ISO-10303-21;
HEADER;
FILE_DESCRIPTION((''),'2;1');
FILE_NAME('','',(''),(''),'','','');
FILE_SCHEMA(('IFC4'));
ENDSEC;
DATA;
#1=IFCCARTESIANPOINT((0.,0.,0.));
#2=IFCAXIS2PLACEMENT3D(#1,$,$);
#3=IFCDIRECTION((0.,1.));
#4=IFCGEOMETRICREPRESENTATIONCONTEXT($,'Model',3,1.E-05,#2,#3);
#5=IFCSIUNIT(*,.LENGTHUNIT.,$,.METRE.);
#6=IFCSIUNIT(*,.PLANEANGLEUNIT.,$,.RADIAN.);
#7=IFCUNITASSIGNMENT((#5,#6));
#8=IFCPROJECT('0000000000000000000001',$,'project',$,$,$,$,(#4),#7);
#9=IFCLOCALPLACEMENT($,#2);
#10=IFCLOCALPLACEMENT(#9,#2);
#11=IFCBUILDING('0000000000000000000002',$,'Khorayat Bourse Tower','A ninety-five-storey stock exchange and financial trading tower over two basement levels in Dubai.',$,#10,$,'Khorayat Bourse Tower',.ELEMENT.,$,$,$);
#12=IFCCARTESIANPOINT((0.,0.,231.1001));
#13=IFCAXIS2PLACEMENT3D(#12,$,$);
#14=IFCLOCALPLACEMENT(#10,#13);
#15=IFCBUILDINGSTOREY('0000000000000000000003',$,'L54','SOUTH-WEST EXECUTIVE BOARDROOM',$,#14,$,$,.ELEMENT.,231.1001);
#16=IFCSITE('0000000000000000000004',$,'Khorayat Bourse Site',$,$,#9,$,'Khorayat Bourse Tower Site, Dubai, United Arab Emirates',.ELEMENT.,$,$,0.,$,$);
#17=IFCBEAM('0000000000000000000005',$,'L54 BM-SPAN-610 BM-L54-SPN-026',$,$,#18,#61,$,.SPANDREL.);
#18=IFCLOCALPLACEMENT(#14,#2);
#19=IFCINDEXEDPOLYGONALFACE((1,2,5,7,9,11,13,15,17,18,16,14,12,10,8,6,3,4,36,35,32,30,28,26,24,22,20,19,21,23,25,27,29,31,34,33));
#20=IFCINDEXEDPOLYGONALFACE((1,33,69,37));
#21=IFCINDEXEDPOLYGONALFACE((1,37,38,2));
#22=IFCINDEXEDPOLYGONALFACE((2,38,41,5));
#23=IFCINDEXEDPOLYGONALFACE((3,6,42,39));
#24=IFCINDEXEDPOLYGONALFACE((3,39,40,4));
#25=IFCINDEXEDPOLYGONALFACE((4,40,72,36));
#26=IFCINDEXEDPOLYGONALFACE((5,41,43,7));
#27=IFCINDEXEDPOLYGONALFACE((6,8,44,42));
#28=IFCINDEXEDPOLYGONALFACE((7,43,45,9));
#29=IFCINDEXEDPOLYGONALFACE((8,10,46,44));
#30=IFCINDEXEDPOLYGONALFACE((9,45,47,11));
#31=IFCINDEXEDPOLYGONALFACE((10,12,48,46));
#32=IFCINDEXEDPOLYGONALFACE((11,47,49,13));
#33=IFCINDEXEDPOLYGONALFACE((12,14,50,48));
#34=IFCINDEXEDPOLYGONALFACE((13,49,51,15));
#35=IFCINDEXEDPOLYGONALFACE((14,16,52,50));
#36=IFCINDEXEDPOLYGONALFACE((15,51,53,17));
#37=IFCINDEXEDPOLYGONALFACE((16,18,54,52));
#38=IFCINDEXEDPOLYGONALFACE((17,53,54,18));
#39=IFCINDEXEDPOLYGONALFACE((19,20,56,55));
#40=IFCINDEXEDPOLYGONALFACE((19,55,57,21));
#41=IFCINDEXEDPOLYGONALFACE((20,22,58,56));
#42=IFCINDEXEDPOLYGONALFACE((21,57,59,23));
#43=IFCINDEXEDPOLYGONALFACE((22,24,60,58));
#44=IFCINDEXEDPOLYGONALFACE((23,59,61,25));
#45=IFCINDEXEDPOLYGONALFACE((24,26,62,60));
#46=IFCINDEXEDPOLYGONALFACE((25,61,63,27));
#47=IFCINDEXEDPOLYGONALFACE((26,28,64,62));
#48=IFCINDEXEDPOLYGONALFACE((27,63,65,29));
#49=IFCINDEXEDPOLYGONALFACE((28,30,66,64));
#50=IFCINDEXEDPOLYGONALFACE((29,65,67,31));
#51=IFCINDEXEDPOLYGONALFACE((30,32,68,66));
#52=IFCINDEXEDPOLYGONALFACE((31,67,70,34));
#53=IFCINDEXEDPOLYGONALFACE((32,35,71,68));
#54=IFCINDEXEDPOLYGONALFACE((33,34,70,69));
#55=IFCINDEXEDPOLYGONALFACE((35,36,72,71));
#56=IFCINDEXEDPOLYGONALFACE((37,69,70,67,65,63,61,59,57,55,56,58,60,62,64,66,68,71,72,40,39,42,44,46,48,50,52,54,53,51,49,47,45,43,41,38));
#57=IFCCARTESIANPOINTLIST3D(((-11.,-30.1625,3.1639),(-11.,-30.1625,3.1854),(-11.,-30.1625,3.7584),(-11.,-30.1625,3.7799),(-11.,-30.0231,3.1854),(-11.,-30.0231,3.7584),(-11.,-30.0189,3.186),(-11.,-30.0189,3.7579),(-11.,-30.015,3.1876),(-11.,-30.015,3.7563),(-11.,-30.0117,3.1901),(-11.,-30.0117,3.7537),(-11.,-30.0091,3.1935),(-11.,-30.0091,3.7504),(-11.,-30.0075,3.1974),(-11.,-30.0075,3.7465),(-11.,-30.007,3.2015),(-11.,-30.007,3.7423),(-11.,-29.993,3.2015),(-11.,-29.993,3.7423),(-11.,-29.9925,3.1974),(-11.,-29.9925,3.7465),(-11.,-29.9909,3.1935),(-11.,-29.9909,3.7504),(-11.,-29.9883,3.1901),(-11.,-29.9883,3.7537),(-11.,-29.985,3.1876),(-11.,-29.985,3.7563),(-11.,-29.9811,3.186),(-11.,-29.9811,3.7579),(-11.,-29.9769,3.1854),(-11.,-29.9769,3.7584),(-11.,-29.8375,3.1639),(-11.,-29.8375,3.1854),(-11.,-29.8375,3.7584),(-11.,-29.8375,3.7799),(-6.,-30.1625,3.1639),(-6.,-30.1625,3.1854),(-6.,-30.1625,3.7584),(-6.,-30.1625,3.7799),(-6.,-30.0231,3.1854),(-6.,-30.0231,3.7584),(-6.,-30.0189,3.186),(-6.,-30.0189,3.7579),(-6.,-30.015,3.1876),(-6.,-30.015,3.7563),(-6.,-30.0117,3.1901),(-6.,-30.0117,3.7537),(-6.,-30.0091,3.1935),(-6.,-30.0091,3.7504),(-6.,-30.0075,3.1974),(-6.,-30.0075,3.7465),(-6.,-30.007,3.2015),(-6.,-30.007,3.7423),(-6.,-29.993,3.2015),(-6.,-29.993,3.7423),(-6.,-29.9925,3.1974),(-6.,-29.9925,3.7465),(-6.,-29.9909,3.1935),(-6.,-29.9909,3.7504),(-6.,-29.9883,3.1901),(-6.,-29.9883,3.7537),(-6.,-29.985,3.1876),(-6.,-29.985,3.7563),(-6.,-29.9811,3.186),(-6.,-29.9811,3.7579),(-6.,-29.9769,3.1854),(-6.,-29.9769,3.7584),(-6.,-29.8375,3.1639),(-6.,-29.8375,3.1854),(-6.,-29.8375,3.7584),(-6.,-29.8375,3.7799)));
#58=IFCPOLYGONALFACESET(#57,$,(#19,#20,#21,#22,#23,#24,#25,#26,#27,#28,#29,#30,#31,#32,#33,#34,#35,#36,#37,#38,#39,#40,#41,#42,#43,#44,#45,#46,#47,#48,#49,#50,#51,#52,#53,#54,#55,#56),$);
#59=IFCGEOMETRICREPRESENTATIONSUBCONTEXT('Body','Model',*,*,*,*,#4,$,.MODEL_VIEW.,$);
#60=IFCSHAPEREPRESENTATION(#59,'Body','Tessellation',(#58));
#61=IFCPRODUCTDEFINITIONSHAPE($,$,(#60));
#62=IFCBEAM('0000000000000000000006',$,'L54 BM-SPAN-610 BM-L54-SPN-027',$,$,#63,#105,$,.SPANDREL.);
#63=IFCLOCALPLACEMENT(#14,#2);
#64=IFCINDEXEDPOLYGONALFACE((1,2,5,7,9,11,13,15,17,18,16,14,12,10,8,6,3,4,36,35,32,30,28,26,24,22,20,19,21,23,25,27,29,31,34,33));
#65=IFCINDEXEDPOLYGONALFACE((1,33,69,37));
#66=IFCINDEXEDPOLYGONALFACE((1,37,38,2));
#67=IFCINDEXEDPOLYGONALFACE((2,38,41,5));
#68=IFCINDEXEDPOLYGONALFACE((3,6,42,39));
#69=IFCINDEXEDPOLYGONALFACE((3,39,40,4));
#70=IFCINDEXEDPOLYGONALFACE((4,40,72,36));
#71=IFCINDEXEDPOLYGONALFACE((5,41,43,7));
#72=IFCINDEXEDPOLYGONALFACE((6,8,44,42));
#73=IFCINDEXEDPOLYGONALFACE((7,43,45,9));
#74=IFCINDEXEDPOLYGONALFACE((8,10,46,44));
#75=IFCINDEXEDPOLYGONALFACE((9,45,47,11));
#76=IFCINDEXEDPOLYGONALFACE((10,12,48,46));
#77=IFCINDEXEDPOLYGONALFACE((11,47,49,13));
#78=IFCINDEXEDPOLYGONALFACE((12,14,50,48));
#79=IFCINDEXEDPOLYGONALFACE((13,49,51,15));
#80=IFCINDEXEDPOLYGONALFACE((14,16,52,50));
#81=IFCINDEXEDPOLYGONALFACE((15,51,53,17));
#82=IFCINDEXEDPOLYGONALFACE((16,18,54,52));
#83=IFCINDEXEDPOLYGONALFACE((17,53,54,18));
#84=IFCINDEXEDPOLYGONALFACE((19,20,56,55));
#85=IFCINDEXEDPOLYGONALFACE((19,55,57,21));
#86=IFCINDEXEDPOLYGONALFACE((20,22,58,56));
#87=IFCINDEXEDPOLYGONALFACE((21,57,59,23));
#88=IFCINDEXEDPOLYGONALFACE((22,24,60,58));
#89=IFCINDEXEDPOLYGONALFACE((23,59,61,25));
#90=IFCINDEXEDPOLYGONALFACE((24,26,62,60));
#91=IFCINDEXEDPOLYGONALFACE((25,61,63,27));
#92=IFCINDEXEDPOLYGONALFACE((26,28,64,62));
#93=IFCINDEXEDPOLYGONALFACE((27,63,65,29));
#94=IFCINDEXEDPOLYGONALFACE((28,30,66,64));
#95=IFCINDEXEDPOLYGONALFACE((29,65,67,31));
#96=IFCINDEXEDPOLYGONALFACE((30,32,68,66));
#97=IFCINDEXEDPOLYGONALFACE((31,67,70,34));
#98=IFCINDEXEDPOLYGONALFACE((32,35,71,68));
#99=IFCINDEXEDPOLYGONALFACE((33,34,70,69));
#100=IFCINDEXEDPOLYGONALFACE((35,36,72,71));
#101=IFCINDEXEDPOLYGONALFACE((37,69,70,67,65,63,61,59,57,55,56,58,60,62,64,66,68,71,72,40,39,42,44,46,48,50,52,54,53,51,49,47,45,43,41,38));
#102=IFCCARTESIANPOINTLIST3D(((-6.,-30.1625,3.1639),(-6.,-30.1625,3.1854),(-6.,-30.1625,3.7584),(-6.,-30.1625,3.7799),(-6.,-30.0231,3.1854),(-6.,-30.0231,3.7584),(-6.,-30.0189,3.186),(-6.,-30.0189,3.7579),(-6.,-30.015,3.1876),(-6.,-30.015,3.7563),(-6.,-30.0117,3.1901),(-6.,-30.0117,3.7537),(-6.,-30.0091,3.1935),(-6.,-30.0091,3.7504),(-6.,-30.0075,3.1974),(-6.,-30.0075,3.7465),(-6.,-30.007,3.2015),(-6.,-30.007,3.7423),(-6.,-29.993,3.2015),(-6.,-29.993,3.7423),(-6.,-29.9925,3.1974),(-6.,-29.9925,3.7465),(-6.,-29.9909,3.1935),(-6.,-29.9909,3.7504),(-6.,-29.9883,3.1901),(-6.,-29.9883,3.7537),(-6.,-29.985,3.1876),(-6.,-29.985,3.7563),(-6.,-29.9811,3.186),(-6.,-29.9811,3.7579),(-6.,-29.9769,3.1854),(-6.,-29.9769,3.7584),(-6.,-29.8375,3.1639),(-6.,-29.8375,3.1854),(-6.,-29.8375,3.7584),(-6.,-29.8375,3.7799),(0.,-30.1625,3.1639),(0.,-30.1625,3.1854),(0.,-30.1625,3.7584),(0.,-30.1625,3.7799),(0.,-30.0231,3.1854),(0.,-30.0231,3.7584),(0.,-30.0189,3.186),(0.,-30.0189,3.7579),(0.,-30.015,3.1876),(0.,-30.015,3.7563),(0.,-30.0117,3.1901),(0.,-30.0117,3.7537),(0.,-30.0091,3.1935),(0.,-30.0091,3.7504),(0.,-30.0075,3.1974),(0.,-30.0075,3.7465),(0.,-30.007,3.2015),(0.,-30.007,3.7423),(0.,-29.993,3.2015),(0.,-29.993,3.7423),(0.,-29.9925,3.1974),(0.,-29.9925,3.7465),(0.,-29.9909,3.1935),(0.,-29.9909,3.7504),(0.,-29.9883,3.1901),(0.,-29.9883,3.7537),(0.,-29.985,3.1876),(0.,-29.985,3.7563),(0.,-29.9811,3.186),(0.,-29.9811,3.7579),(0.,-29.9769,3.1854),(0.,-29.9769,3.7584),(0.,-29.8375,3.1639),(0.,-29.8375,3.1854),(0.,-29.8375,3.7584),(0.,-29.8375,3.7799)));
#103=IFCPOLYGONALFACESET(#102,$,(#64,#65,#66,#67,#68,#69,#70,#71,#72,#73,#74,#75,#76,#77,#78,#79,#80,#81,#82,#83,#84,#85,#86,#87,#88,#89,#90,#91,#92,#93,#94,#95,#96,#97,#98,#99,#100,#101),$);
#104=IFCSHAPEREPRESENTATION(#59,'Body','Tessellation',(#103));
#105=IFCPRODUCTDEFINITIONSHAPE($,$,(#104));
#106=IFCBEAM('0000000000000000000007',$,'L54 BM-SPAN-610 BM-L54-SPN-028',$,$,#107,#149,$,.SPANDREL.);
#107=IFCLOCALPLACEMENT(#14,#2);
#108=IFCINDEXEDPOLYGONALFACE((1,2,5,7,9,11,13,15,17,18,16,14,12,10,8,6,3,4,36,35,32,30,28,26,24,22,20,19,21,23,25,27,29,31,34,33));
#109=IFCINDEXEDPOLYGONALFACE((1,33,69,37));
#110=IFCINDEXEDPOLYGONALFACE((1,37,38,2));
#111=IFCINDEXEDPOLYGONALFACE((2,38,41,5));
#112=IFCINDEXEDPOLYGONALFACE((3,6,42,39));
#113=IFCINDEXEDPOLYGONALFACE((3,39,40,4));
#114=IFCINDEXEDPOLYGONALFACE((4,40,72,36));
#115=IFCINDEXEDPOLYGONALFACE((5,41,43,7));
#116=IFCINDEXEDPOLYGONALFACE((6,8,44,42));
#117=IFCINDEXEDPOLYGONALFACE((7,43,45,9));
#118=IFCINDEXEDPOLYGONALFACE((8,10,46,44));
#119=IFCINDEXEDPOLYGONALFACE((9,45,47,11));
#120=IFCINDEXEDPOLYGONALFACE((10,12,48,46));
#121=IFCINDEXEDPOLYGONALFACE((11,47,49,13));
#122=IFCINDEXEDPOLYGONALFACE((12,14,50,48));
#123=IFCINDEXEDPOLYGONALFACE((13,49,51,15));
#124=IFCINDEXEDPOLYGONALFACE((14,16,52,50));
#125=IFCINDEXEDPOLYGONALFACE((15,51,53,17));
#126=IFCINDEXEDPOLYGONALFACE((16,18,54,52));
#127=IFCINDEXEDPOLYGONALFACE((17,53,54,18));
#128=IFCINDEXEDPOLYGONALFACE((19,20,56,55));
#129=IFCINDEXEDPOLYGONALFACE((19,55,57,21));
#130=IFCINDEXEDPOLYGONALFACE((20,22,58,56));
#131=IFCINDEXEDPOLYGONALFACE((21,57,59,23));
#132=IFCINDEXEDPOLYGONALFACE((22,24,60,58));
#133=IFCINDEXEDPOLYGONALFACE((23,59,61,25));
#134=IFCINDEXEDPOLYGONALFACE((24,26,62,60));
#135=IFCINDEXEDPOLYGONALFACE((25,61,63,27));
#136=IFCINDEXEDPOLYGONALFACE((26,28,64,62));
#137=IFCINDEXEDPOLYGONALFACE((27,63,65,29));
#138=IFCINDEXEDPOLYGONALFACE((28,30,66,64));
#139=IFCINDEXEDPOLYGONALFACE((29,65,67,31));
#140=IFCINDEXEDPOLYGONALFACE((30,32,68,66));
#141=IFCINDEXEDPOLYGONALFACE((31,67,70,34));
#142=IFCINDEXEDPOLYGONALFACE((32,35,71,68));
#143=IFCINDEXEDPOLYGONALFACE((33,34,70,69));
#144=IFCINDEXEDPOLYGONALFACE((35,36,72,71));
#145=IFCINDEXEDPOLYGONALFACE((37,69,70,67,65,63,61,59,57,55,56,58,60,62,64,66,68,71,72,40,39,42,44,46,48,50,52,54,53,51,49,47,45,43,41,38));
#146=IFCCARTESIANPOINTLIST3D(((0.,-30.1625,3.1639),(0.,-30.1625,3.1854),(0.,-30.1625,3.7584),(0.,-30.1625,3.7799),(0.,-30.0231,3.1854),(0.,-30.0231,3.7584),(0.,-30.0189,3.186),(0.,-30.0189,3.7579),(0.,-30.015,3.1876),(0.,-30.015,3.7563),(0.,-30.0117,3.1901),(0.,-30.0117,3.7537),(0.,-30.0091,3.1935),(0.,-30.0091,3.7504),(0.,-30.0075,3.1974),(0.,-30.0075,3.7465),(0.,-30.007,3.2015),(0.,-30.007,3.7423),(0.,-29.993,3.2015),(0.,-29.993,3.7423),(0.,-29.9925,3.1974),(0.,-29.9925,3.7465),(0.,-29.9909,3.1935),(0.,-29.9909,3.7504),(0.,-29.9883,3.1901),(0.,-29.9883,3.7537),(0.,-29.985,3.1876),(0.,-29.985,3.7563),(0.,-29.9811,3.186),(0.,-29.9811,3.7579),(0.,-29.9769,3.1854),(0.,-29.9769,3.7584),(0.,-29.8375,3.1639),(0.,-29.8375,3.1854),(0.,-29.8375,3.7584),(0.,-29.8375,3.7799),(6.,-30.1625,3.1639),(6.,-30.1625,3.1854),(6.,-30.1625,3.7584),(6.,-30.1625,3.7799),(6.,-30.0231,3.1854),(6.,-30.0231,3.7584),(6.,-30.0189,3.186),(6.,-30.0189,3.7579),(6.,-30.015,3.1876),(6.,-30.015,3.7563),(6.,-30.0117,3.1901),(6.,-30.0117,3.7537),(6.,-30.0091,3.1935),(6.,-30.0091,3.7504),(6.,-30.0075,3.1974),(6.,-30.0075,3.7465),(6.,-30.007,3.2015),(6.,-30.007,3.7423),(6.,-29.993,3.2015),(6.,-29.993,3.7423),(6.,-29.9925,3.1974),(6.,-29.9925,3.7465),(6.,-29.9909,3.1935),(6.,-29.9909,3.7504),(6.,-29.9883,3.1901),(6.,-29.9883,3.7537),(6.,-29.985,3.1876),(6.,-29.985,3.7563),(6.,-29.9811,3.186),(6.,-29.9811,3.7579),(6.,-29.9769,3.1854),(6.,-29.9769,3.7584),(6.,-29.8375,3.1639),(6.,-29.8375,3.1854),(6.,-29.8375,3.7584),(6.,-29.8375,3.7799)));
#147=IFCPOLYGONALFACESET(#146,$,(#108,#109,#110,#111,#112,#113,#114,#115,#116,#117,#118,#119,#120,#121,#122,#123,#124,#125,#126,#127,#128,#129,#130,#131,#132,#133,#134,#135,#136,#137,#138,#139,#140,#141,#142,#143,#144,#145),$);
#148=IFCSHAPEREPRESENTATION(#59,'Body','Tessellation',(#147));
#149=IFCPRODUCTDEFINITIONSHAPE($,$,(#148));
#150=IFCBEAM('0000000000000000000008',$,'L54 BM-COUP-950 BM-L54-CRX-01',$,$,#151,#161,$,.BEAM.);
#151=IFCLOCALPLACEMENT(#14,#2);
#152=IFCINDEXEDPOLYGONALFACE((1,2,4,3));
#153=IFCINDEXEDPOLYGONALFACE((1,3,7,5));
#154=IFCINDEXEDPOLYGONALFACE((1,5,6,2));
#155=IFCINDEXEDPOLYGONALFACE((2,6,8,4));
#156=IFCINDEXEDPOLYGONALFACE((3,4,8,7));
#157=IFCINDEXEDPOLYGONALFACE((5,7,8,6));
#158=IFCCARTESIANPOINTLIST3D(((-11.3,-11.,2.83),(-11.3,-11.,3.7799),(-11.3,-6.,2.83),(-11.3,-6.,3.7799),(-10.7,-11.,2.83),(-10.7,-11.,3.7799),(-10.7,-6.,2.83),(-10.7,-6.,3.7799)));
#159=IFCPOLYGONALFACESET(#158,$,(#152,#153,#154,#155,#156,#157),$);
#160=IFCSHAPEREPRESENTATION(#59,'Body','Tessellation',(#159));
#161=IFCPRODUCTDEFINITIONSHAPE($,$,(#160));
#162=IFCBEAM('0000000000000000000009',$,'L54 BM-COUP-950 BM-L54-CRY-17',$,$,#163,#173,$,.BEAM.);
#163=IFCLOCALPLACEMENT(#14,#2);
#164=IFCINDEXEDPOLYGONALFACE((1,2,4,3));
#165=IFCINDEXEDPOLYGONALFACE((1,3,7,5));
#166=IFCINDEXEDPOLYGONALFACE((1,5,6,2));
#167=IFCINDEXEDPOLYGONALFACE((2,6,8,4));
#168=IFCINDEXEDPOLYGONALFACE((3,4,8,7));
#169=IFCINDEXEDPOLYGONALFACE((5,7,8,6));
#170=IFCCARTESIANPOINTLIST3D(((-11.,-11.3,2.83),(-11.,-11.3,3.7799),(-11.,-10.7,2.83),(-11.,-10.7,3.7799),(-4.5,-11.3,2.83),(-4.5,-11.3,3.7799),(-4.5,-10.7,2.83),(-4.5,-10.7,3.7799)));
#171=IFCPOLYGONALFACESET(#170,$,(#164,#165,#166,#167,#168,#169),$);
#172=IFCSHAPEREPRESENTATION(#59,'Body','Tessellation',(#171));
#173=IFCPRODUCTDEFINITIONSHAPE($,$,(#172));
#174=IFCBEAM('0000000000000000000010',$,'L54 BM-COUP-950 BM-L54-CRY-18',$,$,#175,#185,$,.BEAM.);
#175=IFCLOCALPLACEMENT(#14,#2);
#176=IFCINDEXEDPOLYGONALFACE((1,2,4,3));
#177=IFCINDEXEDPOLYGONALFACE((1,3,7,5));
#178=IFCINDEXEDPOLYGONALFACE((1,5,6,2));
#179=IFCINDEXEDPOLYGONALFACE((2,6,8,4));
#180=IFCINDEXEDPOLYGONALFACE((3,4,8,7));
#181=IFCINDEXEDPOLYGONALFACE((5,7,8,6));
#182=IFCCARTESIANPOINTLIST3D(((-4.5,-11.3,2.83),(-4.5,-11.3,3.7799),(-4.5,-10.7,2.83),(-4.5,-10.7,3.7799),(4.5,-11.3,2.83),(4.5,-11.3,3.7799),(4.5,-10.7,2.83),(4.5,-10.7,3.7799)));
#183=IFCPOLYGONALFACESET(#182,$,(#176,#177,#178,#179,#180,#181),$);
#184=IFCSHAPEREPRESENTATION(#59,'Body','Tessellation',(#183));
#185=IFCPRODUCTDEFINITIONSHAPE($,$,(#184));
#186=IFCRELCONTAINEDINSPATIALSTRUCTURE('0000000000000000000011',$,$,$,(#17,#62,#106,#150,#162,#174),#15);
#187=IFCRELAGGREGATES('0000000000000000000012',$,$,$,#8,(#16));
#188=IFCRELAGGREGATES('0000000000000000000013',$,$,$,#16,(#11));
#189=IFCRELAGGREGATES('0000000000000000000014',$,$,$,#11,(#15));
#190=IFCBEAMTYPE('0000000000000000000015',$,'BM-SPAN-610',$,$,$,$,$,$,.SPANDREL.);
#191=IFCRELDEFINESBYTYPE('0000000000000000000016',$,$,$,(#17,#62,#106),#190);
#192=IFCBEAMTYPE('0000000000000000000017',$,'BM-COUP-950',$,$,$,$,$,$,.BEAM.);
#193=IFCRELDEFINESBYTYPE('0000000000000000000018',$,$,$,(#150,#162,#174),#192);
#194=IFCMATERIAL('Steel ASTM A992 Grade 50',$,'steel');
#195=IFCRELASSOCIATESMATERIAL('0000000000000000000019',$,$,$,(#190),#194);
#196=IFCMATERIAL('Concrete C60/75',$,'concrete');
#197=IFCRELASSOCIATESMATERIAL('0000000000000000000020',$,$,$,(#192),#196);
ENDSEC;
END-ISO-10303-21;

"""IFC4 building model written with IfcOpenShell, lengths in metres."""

from ifc_helpers import new_model, si_unit, direction, frame, origin, origin_2d, place, context, subcontext, project, spatial, rectangle, i_section, extrude, source, transform, mapped, material, material_profile, profile_set, type_object, element, save


model = new_model("IFC4")

# Units and contexts
model_context = context("Model", 3, precision=1e-05, world=origin(), true_north=direction((0.0, 1.0)))
body_context = subcontext(model_context, "Body", "Model", "MODEL_VIEW")
ifc_project = project(units=[si_unit("LENGTHUNIT", "METRE"), si_unit("PLANEANGLEUNIT", "RADIAN")], contexts=[model_context])

# Site, building, storey
site_placement = place(None, origin())
site = spatial("IfcSite", under=ifc_project, at=site_placement, Name="Khorayat Bourse Site", LongName="Khorayat Bourse Tower Site, Dubai, United Arab Emirates", CompositionType="ELEMENT", RefElevation=0.0)
building_placement = place(site_placement, origin())
building = spatial("IfcBuilding", under=site, at=building_placement, Name="Khorayat Bourse Tower", Description="A ninety-five-storey stock exchange and financial trading tower over two basement levels in Dubai.", LongName="Khorayat Bourse Tower", CompositionType="ELEMENT")
storey_placement = place(building_placement, frame((0.0, 0.0, 231.1001)))
storey = spatial("IfcBuildingStorey", under=building, at=storey_placement, Name="L54", Description="SOUTH-WEST EXECUTIVE BOARDROOM", CompositionType="ELEMENT", Elevation=231.1001)

# Shared definitions
ifc_material_1 = material(Name="Concrete C60/75", Category="concrete")

# Beams
ifc_material_2 = material(Name="Steel ASTM A992 Grade 50", Category="steel")
ifc_material_profile_1 = material_profile(ifc_material_2, i_section(OverallWidth=0.325, OverallDepth=0.616, WebThickness=0.0139, FlangeThickness=0.0215, FilletRadius=0.0161, at=origin_2d()), Name="W610X174")
ifc_profile_set_1 = profile_set([ifc_material_profile_1], Name="Steel ASTM A992 Grade 50")
beam_type_1 = type_object("IfcBeamType", Name="BM-SPAN-610", PredefinedType="SPANDREL", material=ifc_profile_set_1)
shared_shape_1 = source(origin(), body_context, "Body", "SweptSolid", [
    extrude(i_section(OverallWidth=0.325, OverallDepth=0.616, WebThickness=0.0139, FlangeThickness=0.0215, FilletRadius=0.0161, at=origin_2d()), origin(), (0.0, 0.0, 1.0), 5.0),
])
beam_1_placement = place(storey_placement, frame((-11.0, -30.0, 3.4719), z_axis=(1.0, 0.0, 0.0), x_axis=(0.0, 1.0, 0.0)))
element("IfcBeam", 1, at=beam_1_placement, inside=storey, type_object=beam_type_1, Name="L54 BM-SPAN-610 BM-L54-SPN-026", PredefinedType="SPANDREL", context=body_context, shape_type="MappedRepresentation", body=[
    mapped(shared_shape_1, transform((0.0, 0.0, 0.0), scale=1.0)),
])
shared_shape_2 = source(origin(), body_context, "Body", "SweptSolid", [
    extrude(i_section(OverallWidth=0.325, OverallDepth=0.616, WebThickness=0.0139, FlangeThickness=0.0215, FilletRadius=0.0161, at=origin_2d()), origin(), (0.0, 0.0, 1.0), 6.0),
])
for number, where, z_axis, x_axis, name in (
    (2, (-6.0, -30.0, 3.4719), (1.0, 0.0, 0.0), (0.0, 1.0, 0.0), "L54 BM-SPAN-610 BM-L54-SPN-027"),
    (3, (0.0, -30.0, 3.4719), (1.0, 0.0, 0.0), (0.0, 1.0, 0.0), "L54 BM-SPAN-610 BM-L54-SPN-028"),
):
    element("IfcBeam", number, at=place(storey_placement, frame(where, z_axis=z_axis, x_axis=x_axis)), inside=storey, type_object=beam_type_1, Name=name, PredefinedType="SPANDREL", context=body_context, shape_type="MappedRepresentation", body=[
        mapped(shared_shape_2, transform((0.0, 0.0, 0.0), scale=1.0)),
    ])
ifc_material_profile_2 = material_profile(ifc_material_1, rectangle(XDim=0.6001, YDim=0.95, at=origin_2d()), Name="RC 600x950")
ifc_profile_set_2 = profile_set([ifc_material_profile_2], Name="Concrete C60/75")
beam_type_2 = type_object("IfcBeamType", Name="BM-COUP-950", PredefinedType="BEAM", material=ifc_profile_set_2)
shared_shape_3 = source(origin(), body_context, "Body", "SweptSolid", [
    extrude(rectangle(XDim=0.6001, YDim=0.95, at=origin_2d()), origin(), (0.0, 0.0, 1.0), 5.0),
])
beam_2_placement = place(storey_placement, frame((-11.0, -11.0, 3.3049), z_axis=(0.0, 1.0, 0.0), x_axis=(-1.0, 0.0, 0.0)))
element("IfcBeam", 4, at=beam_2_placement, inside=storey, type_object=beam_type_2, Name="L54 BM-COUP-950 BM-L54-CRX-01", PredefinedType="BEAM", context=body_context, shape_type="MappedRepresentation", body=[
    mapped(shared_shape_3, transform((0.0, 0.0, 0.0), scale=1.0)),
])
shared_shape_4 = source(origin(), body_context, "Body", "SweptSolid", [
    extrude(rectangle(XDim=0.6001, YDim=0.95, at=origin_2d()), origin(), (0.0, 0.0, 1.0), 6.5),
])
beam_3_placement = place(storey_placement, frame((-11.0, -11.0, 3.3049), z_axis=(1.0, 0.0, 0.0), x_axis=(0.0, 1.0, 0.0)))
element("IfcBeam", 5, at=beam_3_placement, inside=storey, type_object=beam_type_2, Name="L54 BM-COUP-950 BM-L54-CRY-17", PredefinedType="BEAM", context=body_context, shape_type="MappedRepresentation", body=[
    mapped(shared_shape_4, transform((0.0, 0.0, 0.0), scale=1.0)),
])
shared_shape_5 = source(origin(), body_context, "Body", "SweptSolid", [
    extrude(rectangle(XDim=0.6001, YDim=0.95, at=origin_2d()), origin(), (0.0, 0.0, 1.0), 9.0),
])
beam_4_placement = place(storey_placement, frame((-4.5, -11.0, 3.3049), z_axis=(1.0, 0.0, 0.0), x_axis=(0.0, 1.0, 0.0)))
element("IfcBeam", 6, at=beam_4_placement, inside=storey, type_object=beam_type_2, Name="L54 BM-COUP-950 BM-L54-CRY-18", PredefinedType="BEAM", context=body_context, shape_type="MappedRepresentation", body=[
    mapped(shared_shape_5, transform((0.0, 0.0, 0.0), scale=1.0)),
])

save(model, "model.ifc")
